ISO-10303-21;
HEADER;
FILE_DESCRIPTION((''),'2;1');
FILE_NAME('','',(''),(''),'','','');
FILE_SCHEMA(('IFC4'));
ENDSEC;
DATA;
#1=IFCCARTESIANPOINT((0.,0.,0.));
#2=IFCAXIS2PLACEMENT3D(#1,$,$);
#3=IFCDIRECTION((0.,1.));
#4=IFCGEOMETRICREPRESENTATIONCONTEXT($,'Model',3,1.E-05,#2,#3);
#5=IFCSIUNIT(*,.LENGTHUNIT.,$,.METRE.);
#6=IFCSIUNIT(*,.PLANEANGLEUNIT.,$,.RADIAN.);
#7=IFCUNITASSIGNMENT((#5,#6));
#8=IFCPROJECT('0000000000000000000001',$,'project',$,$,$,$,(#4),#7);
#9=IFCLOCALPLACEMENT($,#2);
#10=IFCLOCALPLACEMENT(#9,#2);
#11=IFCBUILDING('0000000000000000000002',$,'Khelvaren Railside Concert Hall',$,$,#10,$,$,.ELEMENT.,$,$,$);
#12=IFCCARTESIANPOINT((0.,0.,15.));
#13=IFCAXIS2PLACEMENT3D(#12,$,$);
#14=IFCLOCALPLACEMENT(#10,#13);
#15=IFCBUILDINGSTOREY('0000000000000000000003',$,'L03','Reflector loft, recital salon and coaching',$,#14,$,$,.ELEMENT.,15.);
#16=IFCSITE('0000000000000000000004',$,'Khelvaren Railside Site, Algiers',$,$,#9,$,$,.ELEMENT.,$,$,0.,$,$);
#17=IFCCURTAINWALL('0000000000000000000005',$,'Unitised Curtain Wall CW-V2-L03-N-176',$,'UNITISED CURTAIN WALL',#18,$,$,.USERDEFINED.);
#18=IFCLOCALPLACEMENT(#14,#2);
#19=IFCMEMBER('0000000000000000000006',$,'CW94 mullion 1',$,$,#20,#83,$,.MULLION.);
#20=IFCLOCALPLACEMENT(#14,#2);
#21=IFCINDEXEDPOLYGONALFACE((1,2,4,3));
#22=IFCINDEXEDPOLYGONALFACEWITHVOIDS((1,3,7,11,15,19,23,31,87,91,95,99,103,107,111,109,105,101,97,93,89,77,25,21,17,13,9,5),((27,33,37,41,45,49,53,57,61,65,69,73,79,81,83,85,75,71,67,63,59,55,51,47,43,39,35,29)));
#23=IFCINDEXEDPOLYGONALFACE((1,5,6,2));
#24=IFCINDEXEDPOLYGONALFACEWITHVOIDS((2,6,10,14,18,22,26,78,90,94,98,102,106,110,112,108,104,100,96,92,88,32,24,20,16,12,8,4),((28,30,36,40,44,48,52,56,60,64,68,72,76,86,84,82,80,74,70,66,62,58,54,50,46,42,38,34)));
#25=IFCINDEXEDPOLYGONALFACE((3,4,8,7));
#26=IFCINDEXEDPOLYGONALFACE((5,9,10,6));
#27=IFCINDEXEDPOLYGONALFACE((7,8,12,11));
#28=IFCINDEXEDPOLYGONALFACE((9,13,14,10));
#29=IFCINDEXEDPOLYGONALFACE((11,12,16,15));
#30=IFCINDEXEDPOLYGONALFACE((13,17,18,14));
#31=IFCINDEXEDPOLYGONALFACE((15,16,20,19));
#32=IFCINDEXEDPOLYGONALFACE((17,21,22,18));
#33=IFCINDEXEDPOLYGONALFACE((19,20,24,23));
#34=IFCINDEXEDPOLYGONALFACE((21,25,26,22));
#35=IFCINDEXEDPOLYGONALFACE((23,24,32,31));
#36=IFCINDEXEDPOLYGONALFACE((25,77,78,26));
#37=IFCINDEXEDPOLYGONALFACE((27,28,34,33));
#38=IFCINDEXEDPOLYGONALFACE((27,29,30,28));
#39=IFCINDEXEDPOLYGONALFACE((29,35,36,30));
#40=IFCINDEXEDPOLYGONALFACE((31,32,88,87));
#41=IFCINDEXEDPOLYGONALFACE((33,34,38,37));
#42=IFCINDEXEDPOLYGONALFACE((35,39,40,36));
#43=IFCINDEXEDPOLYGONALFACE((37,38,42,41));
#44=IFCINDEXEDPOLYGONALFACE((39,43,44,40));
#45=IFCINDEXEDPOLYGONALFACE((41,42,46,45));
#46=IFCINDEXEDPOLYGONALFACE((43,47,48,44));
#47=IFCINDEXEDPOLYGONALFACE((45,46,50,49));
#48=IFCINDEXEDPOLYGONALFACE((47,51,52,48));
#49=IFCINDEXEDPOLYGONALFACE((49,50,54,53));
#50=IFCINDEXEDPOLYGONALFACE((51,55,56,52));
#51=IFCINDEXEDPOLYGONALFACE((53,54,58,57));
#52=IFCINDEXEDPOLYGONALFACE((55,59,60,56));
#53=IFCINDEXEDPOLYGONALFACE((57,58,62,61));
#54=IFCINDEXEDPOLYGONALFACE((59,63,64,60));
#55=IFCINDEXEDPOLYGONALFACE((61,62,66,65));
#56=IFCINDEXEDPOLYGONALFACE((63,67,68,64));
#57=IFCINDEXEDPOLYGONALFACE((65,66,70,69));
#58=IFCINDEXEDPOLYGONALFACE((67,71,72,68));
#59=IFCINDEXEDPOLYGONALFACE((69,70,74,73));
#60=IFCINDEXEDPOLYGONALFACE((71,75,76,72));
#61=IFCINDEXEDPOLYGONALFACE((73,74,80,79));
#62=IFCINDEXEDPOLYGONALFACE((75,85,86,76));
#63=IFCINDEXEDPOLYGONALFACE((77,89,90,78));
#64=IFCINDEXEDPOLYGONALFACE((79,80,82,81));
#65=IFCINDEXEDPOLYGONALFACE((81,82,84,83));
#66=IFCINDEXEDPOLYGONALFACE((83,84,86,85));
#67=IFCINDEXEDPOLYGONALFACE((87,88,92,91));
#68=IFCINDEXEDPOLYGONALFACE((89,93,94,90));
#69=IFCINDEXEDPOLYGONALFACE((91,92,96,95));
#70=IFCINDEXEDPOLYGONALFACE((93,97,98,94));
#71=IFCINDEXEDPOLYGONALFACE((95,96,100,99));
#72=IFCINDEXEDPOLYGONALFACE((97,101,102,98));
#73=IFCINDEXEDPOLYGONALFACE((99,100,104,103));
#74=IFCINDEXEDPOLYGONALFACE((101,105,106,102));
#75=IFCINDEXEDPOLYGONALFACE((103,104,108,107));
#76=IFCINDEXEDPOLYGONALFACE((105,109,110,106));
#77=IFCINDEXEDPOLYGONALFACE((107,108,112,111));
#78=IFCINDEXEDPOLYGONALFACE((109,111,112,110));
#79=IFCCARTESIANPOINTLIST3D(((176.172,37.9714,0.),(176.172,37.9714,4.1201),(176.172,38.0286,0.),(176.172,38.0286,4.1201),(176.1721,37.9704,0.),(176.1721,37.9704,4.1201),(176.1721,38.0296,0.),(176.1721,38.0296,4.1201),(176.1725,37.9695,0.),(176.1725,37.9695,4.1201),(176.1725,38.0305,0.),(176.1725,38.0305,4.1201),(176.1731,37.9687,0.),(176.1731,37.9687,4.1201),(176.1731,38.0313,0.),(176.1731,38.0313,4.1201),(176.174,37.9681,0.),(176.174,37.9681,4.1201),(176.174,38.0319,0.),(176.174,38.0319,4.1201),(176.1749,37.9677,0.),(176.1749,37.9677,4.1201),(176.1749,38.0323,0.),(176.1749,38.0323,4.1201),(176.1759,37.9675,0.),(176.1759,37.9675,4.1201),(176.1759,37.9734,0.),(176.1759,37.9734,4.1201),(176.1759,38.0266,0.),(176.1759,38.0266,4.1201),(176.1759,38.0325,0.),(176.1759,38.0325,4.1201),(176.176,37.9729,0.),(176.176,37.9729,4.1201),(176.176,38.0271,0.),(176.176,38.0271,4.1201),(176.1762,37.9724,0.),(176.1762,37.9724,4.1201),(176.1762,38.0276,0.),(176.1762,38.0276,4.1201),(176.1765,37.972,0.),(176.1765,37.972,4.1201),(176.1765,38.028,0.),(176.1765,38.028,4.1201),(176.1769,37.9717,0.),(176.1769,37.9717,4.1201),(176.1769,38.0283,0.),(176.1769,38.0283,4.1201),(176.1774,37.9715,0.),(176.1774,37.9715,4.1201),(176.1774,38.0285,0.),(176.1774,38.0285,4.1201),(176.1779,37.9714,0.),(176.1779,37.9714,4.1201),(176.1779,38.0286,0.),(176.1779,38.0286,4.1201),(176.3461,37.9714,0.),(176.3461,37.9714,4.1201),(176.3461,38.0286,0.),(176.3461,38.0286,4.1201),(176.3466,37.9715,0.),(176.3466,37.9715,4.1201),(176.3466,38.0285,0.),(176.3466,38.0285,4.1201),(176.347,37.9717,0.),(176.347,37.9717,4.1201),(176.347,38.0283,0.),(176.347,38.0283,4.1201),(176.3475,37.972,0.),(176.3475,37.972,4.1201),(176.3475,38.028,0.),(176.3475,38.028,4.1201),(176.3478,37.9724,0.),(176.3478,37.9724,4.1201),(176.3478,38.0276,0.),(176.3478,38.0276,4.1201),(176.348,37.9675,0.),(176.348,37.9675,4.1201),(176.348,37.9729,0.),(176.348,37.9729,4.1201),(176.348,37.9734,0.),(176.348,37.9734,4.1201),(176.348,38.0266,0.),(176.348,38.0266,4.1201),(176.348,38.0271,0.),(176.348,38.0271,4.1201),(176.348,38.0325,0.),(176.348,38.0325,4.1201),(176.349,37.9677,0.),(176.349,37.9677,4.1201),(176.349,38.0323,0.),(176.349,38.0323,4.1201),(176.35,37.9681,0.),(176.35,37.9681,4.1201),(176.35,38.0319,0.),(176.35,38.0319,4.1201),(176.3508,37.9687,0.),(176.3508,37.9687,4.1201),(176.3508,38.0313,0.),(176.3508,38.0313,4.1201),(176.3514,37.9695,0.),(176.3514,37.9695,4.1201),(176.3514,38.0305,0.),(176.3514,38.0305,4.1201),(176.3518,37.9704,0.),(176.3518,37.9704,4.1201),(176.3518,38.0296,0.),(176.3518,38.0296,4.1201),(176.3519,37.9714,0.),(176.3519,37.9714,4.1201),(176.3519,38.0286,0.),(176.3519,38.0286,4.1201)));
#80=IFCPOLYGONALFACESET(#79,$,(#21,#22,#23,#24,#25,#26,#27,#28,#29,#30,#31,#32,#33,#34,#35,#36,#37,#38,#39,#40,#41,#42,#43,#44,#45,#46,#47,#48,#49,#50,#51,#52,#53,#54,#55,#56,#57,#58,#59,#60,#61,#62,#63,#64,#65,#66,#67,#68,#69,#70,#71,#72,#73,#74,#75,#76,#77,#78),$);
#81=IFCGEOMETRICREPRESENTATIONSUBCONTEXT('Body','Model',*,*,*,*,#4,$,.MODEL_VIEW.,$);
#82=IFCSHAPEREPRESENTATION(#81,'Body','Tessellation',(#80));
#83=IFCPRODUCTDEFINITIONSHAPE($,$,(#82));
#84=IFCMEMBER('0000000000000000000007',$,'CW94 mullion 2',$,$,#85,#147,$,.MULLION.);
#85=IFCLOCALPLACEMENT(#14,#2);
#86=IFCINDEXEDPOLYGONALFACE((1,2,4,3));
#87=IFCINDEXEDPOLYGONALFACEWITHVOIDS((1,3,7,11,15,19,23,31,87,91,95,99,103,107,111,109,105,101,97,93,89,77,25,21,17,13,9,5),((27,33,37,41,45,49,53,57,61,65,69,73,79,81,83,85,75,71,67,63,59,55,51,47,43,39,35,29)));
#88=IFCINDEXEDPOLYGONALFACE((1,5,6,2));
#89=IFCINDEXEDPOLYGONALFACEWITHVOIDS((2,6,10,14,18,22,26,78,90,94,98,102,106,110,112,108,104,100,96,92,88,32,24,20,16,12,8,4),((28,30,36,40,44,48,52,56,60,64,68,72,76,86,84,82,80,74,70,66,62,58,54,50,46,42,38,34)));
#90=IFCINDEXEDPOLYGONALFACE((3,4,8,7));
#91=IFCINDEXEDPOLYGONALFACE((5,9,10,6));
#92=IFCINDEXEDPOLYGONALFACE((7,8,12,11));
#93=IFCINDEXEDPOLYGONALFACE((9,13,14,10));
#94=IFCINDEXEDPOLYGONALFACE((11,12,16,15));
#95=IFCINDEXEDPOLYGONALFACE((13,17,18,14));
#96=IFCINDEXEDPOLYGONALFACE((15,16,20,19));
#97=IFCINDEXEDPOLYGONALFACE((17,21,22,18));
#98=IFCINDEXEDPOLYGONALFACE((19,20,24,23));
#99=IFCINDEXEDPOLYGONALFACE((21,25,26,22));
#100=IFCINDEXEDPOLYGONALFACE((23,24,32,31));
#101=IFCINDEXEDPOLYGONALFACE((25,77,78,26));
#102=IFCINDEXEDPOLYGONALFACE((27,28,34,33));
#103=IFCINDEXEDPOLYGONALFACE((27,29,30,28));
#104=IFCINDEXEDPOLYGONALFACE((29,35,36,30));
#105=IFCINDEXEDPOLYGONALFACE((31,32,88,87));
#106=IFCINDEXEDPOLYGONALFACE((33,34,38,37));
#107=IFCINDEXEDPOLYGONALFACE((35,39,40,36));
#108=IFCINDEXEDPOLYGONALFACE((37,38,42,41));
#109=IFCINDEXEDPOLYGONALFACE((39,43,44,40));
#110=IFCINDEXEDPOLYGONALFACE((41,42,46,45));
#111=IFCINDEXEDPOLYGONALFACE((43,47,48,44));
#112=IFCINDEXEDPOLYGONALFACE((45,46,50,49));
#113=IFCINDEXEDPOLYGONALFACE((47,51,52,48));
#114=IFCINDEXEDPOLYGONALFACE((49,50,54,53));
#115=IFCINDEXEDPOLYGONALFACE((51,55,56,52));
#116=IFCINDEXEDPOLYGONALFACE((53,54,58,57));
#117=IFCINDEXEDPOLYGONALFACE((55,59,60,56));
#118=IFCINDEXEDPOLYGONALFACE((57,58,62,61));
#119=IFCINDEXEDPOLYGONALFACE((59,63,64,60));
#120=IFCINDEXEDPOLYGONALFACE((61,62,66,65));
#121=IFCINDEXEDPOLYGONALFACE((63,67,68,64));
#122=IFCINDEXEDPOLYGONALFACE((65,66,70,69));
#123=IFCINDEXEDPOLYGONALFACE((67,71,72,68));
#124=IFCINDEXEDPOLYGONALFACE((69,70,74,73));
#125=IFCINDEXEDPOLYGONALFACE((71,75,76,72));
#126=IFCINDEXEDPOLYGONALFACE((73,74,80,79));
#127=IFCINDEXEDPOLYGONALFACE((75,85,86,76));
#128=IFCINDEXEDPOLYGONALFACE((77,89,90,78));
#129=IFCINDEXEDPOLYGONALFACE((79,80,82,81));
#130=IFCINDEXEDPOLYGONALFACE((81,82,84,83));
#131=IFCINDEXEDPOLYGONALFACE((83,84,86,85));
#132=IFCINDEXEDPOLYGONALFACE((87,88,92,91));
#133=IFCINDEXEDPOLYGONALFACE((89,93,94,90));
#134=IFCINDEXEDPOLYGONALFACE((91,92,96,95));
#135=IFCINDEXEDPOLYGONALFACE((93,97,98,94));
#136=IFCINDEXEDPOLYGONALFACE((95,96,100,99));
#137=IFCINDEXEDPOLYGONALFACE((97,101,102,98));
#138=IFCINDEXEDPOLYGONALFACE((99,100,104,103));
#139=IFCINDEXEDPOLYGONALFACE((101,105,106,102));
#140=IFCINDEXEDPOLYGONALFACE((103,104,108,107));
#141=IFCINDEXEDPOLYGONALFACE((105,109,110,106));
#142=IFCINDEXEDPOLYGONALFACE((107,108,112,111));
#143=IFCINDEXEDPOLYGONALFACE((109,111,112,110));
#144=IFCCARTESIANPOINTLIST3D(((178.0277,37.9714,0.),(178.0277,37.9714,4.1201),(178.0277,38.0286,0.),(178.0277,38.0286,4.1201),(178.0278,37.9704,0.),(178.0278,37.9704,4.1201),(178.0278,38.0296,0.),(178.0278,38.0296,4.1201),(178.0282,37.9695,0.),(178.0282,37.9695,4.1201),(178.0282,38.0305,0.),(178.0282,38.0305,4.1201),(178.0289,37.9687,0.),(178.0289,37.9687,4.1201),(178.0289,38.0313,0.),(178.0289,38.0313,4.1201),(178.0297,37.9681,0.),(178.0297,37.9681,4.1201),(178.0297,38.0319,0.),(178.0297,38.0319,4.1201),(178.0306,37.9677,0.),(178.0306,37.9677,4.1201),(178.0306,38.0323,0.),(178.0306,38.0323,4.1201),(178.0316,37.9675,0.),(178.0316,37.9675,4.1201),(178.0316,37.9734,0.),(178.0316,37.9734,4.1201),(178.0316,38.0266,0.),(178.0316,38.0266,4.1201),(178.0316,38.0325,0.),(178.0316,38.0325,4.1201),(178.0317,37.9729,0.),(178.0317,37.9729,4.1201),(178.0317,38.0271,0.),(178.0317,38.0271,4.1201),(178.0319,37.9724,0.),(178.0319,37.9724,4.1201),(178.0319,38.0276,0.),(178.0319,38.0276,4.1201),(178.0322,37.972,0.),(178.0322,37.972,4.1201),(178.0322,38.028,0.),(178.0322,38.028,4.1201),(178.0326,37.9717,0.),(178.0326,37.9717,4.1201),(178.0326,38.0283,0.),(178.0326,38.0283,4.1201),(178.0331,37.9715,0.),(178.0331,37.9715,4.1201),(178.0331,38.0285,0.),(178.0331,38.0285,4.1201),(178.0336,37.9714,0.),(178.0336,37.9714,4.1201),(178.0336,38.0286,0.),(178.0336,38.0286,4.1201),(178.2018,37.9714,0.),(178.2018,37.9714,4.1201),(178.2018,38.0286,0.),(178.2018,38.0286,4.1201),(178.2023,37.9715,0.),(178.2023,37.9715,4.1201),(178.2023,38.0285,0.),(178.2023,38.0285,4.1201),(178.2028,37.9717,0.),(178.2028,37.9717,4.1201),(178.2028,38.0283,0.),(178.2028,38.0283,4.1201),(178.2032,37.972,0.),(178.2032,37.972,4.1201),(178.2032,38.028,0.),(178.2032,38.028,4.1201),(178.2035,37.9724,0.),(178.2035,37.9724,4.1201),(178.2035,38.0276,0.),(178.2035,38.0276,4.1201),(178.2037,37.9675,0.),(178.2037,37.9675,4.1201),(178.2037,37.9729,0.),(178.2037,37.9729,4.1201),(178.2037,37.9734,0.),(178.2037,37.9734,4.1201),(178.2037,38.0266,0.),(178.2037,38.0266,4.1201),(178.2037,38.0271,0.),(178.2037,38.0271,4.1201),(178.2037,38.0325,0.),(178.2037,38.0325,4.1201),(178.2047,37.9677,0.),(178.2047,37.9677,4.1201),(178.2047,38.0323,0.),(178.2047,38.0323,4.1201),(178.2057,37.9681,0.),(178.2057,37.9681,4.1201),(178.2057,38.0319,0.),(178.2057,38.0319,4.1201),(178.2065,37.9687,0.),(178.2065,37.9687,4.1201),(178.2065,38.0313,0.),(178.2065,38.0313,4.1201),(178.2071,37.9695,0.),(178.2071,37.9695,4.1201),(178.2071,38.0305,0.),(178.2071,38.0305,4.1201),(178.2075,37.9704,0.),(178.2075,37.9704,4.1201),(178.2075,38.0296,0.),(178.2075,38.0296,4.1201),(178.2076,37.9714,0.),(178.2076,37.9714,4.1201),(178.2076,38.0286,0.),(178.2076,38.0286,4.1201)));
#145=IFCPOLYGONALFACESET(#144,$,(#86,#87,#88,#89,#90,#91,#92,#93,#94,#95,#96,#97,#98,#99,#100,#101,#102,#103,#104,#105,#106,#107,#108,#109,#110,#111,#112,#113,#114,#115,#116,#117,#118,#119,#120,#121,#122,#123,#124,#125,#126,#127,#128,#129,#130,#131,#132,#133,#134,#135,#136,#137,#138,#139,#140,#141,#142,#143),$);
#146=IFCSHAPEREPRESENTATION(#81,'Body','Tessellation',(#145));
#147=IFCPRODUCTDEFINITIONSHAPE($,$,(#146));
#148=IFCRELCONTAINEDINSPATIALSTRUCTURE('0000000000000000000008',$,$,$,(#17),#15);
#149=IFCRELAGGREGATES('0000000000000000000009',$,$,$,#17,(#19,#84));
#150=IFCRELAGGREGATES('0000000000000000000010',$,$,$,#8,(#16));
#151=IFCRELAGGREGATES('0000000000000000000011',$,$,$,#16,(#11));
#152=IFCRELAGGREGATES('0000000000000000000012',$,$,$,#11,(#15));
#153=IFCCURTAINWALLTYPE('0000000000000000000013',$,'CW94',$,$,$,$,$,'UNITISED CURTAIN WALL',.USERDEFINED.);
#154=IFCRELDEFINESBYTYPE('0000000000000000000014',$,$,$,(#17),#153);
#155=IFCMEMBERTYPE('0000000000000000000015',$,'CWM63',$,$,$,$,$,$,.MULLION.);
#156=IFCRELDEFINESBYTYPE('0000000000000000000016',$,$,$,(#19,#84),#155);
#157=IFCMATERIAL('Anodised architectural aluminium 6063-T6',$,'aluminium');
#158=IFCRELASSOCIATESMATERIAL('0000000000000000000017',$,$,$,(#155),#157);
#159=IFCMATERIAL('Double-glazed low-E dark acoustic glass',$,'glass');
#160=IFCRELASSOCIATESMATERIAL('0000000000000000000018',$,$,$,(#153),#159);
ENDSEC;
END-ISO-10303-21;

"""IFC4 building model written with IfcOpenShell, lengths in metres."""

from ifc_helpers import new_model, si_unit, direction, frame, origin, origin_2d, place, context, subcontext, project, spatial, hollow_rectangle, extrude, material, material_profile, profile_set, type_object, element, aggregate, save


model = new_model("IFC4")

# Units and contexts
model_context = context("Model", 3, precision=1e-05, world=origin(), true_north=direction((0.0, 1.0)))
body_context = subcontext(model_context, "Body", "Model", "MODEL_VIEW")
ifc_project = project(units=[si_unit("LENGTHUNIT", "METRE"), si_unit("PLANEANGLEUNIT", "RADIAN")], contexts=[model_context])

# Site, building, storey
site_placement = place(None, origin())
site = spatial("IfcSite", under=ifc_project, at=site_placement, Name="Khelvaren Railside Site, Algiers", CompositionType="ELEMENT", RefElevation=0.0)
building_placement = place(site_placement, origin())
building = spatial("IfcBuilding", under=site, at=building_placement, Name="Khelvaren Railside Concert Hall", CompositionType="ELEMENT")
storey_placement = place(building_placement, frame((0.0, 0.0, 15.0)))
storey = spatial("IfcBuildingStorey", under=building, at=storey_placement, Name="L03", Description="Reflector loft, recital salon and coaching", CompositionType="ELEMENT", Elevation=15.0)

# Shared definitions
ifc_material_1 = material(Name="Double-glazed low-E dark acoustic glass", Category="glass")
ifc_material_2 = material(Name="Anodised architectural aluminium 6063-T6", Category="aluminium")
ifc_material_profile_1 = material_profile(ifc_material_2, hollow_rectangle(XDim=0.0649, YDim=0.1799, WallThickness=0.0039, InnerFilletRadius=0.002, OuterFilletRadius=0.0039, at=origin_2d()), Name="CWM 65x180x4")
ifc_profile_set_1 = profile_set([ifc_material_profile_1], Name="Anodised architectural aluminium 6063-T6")
member_type_1 = type_object("IfcMemberType", Name="CWM63", PredefinedType="MULLION", material=ifc_profile_set_1)

# Curtain wall, members
curtain_wall_type_1 = type_object("IfcCurtainWallType", Name="CW94", ElementType="UNITISED CURTAIN WALL", PredefinedType="USERDEFINED", material=ifc_material_1)
curtain_wall_1_placement = place(storey_placement, origin())
curtain_wall_1 = element("IfcCurtainWall", 1, at=curtain_wall_1_placement, inside=storey, type_object=curtain_wall_type_1, Name="Unitised Curtain Wall CW-V2-L03-N-176", ObjectType="UNITISED CURTAIN WALL", PredefinedType="USERDEFINED")
member_1_placement = place(storey_placement, frame((176.262, 38.0, 0.0), z_axis=(0.0, 0.0, 1.0), x_axis=(0.0, 1.0, 0.0)))
member_1 = element("IfcMember", 2, at=member_1_placement, type_object=member_type_1, Name="CW94 mullion 1", PredefinedType="MULLION", context=body_context, shape_type="SweptSolid", body=[
    extrude(hollow_rectangle(XDim=0.0649, YDim=0.1799, WallThickness=0.0039, InnerFilletRadius=0.002, OuterFilletRadius=0.0039, at=origin_2d()), origin(), (0.0, 0.0, 1.0), 4.1201),
])
member_2_placement = place(storey_placement, frame((178.1177, 38.0, 0.0), z_axis=(0.0, 0.0, 1.0), x_axis=(0.0, 1.0, 0.0)))
member_2 = element("IfcMember", 3, at=member_2_placement, type_object=member_type_1, Name="CW94 mullion 2", PredefinedType="MULLION", context=body_context, shape_type="SweptSolid", body=[
    extrude(hollow_rectangle(XDim=0.0649, YDim=0.1799, WallThickness=0.0039, InnerFilletRadius=0.002, OuterFilletRadius=0.0039, at=origin_2d()), origin(), (0.0, 0.0, 1.0), 4.1201),
])

aggregate(curtain_wall_1, [member_1, member_2])

save(model, "model.ifc")
